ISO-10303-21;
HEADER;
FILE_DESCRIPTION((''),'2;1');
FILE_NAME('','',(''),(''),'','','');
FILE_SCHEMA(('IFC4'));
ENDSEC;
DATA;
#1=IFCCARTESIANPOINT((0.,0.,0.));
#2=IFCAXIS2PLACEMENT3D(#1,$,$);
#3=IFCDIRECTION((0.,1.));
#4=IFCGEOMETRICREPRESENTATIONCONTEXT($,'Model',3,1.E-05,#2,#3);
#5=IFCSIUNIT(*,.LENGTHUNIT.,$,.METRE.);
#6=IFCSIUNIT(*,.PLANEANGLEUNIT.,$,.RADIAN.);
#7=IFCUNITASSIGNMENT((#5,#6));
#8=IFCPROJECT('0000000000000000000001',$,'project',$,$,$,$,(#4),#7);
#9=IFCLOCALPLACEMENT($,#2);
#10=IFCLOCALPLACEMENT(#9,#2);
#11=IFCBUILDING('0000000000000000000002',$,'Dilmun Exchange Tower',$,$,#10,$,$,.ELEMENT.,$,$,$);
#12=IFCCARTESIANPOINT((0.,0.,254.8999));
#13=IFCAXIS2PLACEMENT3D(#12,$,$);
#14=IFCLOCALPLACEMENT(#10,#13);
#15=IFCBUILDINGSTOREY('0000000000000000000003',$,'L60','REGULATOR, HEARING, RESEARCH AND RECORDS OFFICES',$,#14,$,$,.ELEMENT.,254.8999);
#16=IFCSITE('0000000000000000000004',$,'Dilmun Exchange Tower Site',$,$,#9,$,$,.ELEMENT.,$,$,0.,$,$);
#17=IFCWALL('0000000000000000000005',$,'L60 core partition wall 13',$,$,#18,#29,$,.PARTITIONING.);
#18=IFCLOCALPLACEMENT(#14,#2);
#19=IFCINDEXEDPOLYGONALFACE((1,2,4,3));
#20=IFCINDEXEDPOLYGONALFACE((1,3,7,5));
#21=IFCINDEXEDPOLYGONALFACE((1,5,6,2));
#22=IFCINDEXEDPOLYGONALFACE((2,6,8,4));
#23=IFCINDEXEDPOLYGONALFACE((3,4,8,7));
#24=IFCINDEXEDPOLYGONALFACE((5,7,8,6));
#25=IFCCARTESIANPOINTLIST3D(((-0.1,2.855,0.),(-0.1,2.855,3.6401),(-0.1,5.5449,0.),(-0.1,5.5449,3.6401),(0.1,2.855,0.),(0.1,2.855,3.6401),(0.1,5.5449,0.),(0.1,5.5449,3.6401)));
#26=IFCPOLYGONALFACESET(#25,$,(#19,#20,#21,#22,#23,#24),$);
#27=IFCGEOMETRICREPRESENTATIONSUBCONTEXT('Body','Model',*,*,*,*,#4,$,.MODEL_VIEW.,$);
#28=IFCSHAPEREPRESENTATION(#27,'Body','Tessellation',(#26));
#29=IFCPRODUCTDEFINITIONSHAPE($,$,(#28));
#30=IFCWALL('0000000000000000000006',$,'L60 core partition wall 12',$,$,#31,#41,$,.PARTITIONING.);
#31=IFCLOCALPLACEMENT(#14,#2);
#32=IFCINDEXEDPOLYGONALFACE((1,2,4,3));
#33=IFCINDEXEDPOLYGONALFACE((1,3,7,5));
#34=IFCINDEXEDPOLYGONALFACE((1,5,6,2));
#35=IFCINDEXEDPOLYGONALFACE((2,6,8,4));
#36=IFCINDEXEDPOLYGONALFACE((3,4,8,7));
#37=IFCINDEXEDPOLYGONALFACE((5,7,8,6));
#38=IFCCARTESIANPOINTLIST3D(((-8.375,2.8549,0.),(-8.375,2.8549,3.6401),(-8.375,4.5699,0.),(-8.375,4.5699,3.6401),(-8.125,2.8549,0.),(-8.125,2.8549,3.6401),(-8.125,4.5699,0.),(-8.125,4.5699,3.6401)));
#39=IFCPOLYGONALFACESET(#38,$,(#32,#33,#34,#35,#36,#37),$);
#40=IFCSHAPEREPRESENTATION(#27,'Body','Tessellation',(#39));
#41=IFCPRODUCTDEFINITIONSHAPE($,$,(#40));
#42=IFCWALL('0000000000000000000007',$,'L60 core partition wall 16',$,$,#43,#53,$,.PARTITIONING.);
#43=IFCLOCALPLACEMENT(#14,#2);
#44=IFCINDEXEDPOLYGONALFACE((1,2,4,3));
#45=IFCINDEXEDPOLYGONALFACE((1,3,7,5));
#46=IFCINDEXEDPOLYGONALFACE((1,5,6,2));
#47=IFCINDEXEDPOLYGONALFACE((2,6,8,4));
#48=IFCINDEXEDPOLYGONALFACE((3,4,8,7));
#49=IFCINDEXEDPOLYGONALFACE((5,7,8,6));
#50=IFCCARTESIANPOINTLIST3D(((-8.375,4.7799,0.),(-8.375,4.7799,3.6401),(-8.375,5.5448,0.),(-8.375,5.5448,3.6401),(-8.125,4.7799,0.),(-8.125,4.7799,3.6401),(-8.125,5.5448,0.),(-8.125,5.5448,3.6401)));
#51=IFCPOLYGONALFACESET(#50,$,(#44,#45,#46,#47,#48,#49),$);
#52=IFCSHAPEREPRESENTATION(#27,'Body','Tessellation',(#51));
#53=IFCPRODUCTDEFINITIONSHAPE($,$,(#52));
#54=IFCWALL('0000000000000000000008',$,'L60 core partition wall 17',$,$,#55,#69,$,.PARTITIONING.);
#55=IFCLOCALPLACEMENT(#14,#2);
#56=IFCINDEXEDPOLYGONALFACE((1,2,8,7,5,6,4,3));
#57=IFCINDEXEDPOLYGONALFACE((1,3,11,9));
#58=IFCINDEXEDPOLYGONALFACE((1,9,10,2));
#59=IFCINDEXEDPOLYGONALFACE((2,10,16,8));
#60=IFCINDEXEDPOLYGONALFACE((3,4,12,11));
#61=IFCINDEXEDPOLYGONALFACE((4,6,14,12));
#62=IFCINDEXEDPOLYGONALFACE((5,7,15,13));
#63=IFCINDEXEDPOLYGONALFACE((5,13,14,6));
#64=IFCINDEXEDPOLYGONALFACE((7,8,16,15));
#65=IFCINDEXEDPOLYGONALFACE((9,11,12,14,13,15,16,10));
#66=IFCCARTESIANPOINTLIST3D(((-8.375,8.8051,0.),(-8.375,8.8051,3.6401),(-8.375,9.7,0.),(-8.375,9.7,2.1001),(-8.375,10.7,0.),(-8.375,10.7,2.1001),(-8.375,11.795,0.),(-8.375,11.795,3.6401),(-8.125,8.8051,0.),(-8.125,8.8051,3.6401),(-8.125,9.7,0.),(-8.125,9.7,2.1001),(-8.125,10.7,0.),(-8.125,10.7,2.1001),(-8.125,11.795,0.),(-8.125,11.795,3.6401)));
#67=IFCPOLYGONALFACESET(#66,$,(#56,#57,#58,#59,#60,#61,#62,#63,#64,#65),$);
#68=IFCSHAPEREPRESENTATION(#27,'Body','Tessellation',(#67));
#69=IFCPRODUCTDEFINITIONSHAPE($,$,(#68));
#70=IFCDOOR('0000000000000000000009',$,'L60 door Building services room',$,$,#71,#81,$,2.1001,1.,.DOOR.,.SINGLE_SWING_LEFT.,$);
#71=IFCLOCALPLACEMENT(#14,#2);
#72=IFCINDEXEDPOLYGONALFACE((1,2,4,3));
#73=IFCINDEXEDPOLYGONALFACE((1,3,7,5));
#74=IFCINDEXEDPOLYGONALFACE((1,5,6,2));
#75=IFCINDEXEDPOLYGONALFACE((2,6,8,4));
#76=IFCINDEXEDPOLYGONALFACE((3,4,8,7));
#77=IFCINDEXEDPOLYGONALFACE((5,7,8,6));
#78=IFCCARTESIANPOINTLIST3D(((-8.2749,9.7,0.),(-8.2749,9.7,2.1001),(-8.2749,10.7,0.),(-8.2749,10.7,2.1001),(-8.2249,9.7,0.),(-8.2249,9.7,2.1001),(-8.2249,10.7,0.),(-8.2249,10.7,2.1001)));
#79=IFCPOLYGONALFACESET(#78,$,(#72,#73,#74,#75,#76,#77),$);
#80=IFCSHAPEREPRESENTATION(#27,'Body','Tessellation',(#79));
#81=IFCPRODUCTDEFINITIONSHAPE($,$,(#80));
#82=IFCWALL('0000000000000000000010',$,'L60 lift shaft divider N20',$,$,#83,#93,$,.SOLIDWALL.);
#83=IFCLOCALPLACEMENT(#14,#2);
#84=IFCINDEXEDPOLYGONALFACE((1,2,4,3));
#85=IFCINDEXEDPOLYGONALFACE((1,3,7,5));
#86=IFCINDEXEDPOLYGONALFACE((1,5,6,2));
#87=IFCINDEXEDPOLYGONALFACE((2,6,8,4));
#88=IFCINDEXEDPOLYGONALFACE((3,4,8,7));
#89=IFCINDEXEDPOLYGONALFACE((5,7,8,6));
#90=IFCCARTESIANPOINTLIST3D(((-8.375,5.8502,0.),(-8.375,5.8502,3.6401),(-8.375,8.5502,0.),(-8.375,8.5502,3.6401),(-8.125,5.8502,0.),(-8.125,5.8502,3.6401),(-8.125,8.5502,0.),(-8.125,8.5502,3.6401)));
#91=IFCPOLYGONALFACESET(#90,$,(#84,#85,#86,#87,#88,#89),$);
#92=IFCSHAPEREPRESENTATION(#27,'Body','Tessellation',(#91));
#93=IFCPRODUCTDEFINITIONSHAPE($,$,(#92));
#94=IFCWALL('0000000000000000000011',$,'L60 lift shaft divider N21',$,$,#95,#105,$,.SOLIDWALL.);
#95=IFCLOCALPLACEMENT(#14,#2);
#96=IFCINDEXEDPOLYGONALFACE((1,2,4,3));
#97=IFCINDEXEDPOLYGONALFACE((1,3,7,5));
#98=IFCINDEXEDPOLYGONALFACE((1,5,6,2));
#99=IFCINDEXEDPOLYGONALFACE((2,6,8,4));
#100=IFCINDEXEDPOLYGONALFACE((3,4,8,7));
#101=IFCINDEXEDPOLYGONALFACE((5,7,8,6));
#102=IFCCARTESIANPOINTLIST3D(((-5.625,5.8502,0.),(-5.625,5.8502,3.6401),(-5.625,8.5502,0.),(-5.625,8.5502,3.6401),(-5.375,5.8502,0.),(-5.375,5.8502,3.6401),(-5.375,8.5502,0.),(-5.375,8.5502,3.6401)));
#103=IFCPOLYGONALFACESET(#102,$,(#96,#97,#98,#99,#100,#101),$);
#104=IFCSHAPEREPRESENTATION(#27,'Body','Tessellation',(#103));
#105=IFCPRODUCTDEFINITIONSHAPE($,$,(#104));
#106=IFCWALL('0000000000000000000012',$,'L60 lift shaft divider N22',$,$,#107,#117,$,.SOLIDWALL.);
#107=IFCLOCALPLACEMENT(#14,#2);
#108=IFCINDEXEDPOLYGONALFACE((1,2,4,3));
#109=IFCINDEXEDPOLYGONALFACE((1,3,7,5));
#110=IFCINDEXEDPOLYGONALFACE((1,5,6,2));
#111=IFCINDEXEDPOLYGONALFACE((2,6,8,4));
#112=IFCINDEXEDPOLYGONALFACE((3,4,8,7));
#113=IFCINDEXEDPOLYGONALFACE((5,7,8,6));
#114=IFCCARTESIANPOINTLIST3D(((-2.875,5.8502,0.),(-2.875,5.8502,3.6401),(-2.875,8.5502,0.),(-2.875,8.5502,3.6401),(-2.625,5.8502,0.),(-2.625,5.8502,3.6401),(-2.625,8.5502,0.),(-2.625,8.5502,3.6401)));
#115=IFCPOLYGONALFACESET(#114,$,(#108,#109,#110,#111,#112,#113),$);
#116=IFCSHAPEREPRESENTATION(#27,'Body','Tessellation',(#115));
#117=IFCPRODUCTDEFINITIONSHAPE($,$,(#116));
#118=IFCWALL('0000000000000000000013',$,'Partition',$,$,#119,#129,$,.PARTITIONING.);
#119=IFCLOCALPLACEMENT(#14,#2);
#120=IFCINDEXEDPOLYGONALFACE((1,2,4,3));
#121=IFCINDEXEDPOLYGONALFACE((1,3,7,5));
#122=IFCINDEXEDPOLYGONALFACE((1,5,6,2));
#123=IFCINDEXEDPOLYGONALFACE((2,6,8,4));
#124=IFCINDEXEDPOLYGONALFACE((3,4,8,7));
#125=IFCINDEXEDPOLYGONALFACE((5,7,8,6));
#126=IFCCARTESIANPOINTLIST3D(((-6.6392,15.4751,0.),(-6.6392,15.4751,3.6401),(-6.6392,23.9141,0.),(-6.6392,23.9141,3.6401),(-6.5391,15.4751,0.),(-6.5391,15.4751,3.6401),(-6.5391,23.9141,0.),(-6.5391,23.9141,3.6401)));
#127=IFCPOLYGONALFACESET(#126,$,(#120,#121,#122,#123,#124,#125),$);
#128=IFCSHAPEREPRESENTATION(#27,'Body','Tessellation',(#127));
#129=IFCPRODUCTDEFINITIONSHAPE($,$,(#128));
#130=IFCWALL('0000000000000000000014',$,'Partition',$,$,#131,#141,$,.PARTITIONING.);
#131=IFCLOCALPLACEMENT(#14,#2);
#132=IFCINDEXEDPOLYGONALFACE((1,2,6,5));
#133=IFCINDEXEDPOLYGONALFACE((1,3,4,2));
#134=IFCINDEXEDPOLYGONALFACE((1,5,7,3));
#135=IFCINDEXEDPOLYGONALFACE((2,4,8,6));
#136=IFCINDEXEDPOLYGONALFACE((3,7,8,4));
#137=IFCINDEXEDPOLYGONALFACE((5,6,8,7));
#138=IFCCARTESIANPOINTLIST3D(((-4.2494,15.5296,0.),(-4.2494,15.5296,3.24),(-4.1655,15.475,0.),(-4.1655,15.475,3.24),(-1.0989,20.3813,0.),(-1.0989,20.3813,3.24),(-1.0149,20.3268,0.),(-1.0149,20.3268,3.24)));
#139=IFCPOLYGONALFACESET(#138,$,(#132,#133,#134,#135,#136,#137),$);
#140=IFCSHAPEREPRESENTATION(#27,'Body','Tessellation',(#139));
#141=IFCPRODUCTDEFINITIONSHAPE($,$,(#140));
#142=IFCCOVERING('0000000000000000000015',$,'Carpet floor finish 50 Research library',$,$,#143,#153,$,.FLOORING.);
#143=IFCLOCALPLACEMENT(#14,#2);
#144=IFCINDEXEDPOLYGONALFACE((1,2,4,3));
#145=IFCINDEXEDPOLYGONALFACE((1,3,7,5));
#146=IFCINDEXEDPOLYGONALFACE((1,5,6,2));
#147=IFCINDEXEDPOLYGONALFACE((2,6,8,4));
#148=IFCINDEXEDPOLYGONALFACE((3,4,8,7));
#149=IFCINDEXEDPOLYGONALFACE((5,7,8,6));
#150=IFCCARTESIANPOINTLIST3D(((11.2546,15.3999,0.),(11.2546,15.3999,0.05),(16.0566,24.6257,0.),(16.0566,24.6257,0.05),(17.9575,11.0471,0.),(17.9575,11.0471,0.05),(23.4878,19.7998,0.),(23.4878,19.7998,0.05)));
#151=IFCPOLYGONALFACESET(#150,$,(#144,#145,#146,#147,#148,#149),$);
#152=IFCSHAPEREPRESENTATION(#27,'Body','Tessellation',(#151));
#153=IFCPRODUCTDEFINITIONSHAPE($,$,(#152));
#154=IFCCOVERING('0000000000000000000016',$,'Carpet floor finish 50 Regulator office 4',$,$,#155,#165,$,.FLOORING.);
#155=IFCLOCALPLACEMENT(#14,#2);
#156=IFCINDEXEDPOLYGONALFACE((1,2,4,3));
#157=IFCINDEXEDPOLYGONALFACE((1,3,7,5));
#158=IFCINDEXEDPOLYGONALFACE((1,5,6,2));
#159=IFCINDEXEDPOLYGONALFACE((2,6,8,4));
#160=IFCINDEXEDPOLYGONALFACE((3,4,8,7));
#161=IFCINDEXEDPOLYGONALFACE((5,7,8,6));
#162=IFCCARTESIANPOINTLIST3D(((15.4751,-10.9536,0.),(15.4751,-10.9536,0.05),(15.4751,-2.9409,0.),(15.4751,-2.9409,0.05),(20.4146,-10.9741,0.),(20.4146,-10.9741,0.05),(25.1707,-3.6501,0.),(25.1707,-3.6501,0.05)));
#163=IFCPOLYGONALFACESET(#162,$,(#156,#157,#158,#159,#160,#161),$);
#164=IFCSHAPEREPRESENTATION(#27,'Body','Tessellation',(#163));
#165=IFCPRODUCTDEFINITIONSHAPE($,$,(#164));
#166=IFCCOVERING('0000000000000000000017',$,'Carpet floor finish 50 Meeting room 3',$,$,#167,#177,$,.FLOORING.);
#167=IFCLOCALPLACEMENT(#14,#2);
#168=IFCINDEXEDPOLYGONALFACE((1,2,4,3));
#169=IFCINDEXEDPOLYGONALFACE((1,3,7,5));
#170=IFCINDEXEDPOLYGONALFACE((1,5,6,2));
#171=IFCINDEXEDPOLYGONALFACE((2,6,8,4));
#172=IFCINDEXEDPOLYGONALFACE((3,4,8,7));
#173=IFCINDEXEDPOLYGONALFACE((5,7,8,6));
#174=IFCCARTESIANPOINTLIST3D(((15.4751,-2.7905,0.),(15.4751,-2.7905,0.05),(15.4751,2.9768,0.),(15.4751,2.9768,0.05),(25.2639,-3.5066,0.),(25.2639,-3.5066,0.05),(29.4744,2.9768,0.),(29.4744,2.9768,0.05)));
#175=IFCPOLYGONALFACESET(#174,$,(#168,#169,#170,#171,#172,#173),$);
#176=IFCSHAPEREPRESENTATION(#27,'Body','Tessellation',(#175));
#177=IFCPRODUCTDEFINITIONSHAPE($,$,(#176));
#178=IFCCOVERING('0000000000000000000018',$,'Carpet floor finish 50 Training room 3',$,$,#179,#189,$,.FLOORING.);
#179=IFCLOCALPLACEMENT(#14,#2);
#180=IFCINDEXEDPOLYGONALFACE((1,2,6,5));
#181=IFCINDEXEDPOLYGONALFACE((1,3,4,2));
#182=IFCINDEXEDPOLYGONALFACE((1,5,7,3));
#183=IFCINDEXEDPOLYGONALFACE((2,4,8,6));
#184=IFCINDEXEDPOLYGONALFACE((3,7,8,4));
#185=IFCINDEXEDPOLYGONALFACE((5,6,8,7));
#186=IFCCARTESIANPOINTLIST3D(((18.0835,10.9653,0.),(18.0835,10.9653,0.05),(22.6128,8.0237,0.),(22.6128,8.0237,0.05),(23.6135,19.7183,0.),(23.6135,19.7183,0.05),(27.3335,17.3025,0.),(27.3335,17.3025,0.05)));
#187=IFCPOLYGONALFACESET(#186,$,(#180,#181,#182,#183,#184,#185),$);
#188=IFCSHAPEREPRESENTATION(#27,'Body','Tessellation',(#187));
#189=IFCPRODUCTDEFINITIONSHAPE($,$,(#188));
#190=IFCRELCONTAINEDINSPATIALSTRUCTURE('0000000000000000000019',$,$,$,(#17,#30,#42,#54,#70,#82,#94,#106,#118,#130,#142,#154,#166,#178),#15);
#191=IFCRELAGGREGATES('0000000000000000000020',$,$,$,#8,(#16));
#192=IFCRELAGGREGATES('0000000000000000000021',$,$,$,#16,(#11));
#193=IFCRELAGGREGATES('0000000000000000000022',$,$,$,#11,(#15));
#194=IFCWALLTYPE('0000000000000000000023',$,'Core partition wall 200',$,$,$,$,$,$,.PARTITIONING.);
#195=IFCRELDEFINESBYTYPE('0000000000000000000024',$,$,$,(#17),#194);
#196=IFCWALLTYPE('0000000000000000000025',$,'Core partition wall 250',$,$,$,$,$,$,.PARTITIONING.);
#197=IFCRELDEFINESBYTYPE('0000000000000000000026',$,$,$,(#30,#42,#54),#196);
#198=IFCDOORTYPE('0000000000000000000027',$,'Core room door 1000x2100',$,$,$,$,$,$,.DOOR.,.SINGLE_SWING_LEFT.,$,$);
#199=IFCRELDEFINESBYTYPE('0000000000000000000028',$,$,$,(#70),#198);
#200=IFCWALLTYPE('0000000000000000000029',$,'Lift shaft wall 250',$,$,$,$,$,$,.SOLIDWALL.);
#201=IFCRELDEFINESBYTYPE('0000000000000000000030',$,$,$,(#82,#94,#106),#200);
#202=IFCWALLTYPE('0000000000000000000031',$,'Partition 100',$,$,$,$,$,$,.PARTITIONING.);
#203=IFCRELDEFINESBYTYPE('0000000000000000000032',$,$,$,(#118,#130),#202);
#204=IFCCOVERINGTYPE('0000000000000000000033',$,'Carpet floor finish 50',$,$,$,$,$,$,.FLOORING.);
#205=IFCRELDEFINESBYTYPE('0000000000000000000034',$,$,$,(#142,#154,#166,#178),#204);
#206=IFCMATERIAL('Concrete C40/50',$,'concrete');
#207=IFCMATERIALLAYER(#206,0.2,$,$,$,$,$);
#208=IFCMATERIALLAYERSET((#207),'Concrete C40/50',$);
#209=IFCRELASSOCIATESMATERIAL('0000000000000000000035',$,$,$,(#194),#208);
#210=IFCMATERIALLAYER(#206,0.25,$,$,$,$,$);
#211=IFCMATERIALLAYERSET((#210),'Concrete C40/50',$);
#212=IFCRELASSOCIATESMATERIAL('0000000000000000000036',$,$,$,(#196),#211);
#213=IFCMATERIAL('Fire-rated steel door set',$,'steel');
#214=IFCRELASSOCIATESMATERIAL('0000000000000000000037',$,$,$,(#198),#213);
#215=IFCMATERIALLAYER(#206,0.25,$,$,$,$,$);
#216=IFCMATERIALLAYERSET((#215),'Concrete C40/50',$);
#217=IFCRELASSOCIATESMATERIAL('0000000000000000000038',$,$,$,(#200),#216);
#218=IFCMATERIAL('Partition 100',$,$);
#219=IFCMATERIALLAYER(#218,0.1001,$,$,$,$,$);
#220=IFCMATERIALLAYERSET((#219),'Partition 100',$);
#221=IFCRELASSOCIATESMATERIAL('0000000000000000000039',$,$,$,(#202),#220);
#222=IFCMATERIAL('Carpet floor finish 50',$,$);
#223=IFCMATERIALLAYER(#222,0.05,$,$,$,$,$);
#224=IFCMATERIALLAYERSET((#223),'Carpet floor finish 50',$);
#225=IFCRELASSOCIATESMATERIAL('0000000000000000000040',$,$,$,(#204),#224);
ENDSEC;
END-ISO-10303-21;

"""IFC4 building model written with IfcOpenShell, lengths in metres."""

from ifc_helpers import new_model, si_unit, direction, frame, frame_2d, origin, place, context, subcontext, project, spatial, polyline, rectangle, outline, extrude, material, layer, layer_set, type_object, element, fill, save


model = new_model("IFC4")

# Units and contexts
model_context = context("Model", 3, precision=1e-05, world=origin(), true_north=direction((0.0, 1.0)))
body_context = subcontext(model_context, "Body", "Model", "MODEL_VIEW")
ifc_project = project(units=[si_unit("LENGTHUNIT", "METRE"), si_unit("PLANEANGLEUNIT", "RADIAN")], contexts=[model_context])

# Site, building, storey
site_placement = place(None, origin())
site = spatial("IfcSite", under=ifc_project, at=site_placement, Name="Dilmun Exchange Tower Site", CompositionType="ELEMENT", RefElevation=0.0)
building_placement = place(site_placement, origin())
building = spatial("IfcBuilding", under=site, at=building_placement, Name="Dilmun Exchange Tower", CompositionType="ELEMENT")
storey_placement = place(building_placement, frame((0.0, 0.0, 254.8999)))
storey = spatial("IfcBuildingStorey", under=building, at=storey_placement, Name="L60", Description="REGULATOR, HEARING, RESEARCH AND RECORDS OFFICES", CompositionType="ELEMENT", Elevation=254.8999)

# Walls
ifc_material_1 = material(Name="Concrete C40/50", Category="concrete")
ifc_layer_1 = layer(ifc_material_1, 0.2)
ifc_layer_set_1 = layer_set([ifc_layer_1], Name="Concrete C40/50")
wall_type_1 = type_object("IfcWallType", Name="Core partition wall 200", PredefinedType="PARTITIONING", material=ifc_layer_set_1)
wall_1_placement = place(storey_placement, frame((0.0, 2.855, 0.0), z_axis=(0.0, 0.0, 1.0), x_axis=(0.0, 1.0, 0.0)))
element("IfcWall", 1, at=wall_1_placement, inside=storey, type_object=wall_type_1, Name="L60 core partition wall 13", PredefinedType="PARTITIONING", context=body_context, shape_type="SweptSolid", body=[
    extrude(rectangle(XDim=2.6899, YDim=0.2, at=frame_2d((1.345, 0.0))), origin(), (0.0, 0.0, 1.0), 3.6401),
])
ifc_layer_2 = layer(ifc_material_1, 0.25)
ifc_layer_set_2 = layer_set([ifc_layer_2], Name="Concrete C40/50")
wall_type_2 = type_object("IfcWallType", Name="Core partition wall 250", PredefinedType="PARTITIONING", material=ifc_layer_set_2)
wall_2_placement = place(storey_placement, frame((-8.25, 2.855, 0.0), z_axis=(0.0, 0.0, 1.0), x_axis=(0.0, 1.0, 0.0)))
element("IfcWall", 2, at=wall_2_placement, inside=storey, type_object=wall_type_2, Name="L60 core partition wall 12", PredefinedType="PARTITIONING", context=body_context, shape_type="SweptSolid", body=[
    extrude(rectangle(XDim=1.7151, YDim=0.25, at=frame_2d((0.8574, 0.0))), origin(), (0.0, 0.0, 1.0), 3.6401),
])
wall_3_placement = place(storey_placement, frame((-8.25, 4.78, 0.0), z_axis=(0.0, 0.0, 1.0), x_axis=(0.0, 1.0, 0.0)))
element("IfcWall", 3, at=wall_3_placement, inside=storey, type_object=wall_type_2, Name="L60 core partition wall 16", PredefinedType="PARTITIONING", context=body_context, shape_type="SweptSolid", body=[
    extrude(rectangle(XDim=0.7649, YDim=0.25, at=frame_2d((0.3823, 0.0))), origin(), (0.0, 0.0, 1.0), 3.6401),
])

# Wall, opening, door
wall_4_placement = place(storey_placement, frame((-8.25, 8.8049, 0.0), z_axis=(0.0, 0.0, 1.0), x_axis=(0.0, 1.0, 0.0)))
wall_4 = element("IfcWall", 4, at=wall_4_placement, inside=storey, type_object=wall_type_2, Name="L60 core partition wall 17", PredefinedType="PARTITIONING", context=body_context, shape_type="SweptSolid", body=[
    extrude(rectangle(XDim=2.99, YDim=0.25, at=frame_2d((1.4951, 0.0))), origin(), (0.0, 0.0, 1.0), 3.6401),
])
opening_placement = place(wall_4_placement, frame((0.895, 0.0, 0.0)))
opening = element("IfcOpeningElement", 5, at=opening_placement, cuts=wall_4, PredefinedType="OPENING", context=body_context, shape_type="SweptSolid", body=[
    extrude(rectangle(XDim=1.0, YDim=2.1001, at=frame_2d((0.5, 1.05))), frame((0.0, 0.135, 0.0), z_axis=(0.0, -1.0, 0.0), x_axis=(1.0, 0.0, 0.0)), (0.0, 0.0, 1.0), 0.27),
])
ifc_material_2 = material(Name="Fire-rated steel door set", Category="steel")
door_type = type_object("IfcDoorType", Name="Core room door 1000x2100", OperationType="SINGLE_SWING_LEFT", PredefinedType="DOOR", material=ifc_material_2)
door_placement = place(opening_placement, origin())
door = element("IfcDoor", 6, at=door_placement, inside=storey, type_object=door_type, Name="L60 door Building services room", OperationType="SINGLE_SWING_LEFT", OverallHeight=2.1001, OverallWidth=1.0, PredefinedType="DOOR", context=body_context, shape_type="SweptSolid", body=[
    extrude(rectangle(XDim=1.0, YDim=2.1001, at=frame_2d((0.5, 1.05))), frame((0.0, 0.0249, 0.0), z_axis=(0.0, -1.0, 0.0), x_axis=(1.0, 0.0, 0.0)), (0.0, 0.0, 1.0), 0.05),
])
fill(opening, door)

# Walls
ifc_layer_3 = layer(ifc_material_1, 0.25)
ifc_layer_set_3 = layer_set([ifc_layer_3], Name="Concrete C40/50")
wall_type_3 = type_object("IfcWallType", Name="Lift shaft wall 250", PredefinedType="SOLIDWALL", material=ifc_layer_set_3)
for number, where, z_axis, x_axis, name in (
    (7, (-8.25, 5.8501, 0.0), (0.0, 0.0, 1.0), (0.0, 1.0, 0.0), "L60 lift shaft divider N20"),
    (8, (-5.5, 5.8501, 0.0), (0.0, 0.0, 1.0), (0.0, 1.0, 0.0), "L60 lift shaft divider N21"),
    (9, (-2.75, 5.8501, 0.0), (0.0, 0.0, 1.0), (0.0, 1.0, 0.0), "L60 lift shaft divider N22"),
):
    element("IfcWall", number, at=place(storey_placement, frame(where, z_axis=z_axis, x_axis=x_axis)), inside=storey, type_object=wall_type_3, Name=name, PredefinedType="SOLIDWALL", context=body_context, shape_type="SweptSolid", body=[
        extrude(rectangle(XDim=2.7, YDim=0.25, at=frame_2d((1.3501, 0.0))), origin(), (0.0, 0.0, 1.0), 3.6401),
    ])
ifc_material_3 = material(Name="Partition 100")
ifc_layer_4 = layer(ifc_material_3, 0.1001)
ifc_layer_set_4 = layer_set([ifc_layer_4], Name="Partition 100")
wall_type_4 = type_object("IfcWallType", Name="Partition 100", PredefinedType="PARTITIONING", material=ifc_layer_set_4)
wall_5_placement = place(storey_placement, frame((-6.5891, 15.4751, 0.0), z_axis=(0.0, 0.0, 1.0), x_axis=(0.0, 1.0, 0.0)))
element("IfcWall", 10, at=wall_5_placement, inside=storey, type_object=wall_type_4, Name="Partition", PredefinedType="PARTITIONING", context=body_context, shape_type="SweptSolid", body=[
    extrude(rectangle(XDim=8.439, YDim=0.1001, at=frame_2d((4.2195, 0.0))), origin(), (0.0, 0.0, 1.0), 3.6401),
])
wall_6_placement = place(storey_placement, frame((-4.2075, 15.5022, 0.0), z_axis=(0.0, 0.0, 1.0), x_axis=(0.544619, 0.838684, 0.0)))
element("IfcWall", 11, at=wall_6_placement, inside=storey, type_object=wall_type_4, Name="Partition", PredefinedType="PARTITIONING", context=body_context, shape_type="SweptSolid", body=[
    extrude(rectangle(XDim=5.7849, YDim=0.1001, at=frame_2d((2.8926, 0.0))), origin(), (0.0, 0.0, 1.0), 3.24),
])

# Coverings
ifc_material_4 = material(Name="Carpet floor finish 50")
ifc_layer_5 = layer(ifc_material_4, 0.05)
ifc_layer_set_5 = layer_set([ifc_layer_5], Name="Carpet floor finish 50")
covering_type_1 = type_object("IfcCoveringType", Name="Carpet floor finish 50", PredefinedType="FLOORING", material=ifc_layer_set_5)
covering_1_placement = place(storey_placement, origin())
element("IfcCovering", 12, at=covering_1_placement, inside=storey, type_object=covering_type_1, Name="Carpet floor finish 50 Research library", PredefinedType="FLOORING", context=body_context, shape_type="SweptSolid", body=[
    extrude(outline(polyline([(11.2546, 15.3999), (16.0566, 24.6257), (23.4878, 19.7998), (17.9575, 11.0471), (11.2546, 15.3999)])), origin(), (0.0, 0.0, 1.0), 0.05),
])
covering_2_placement = place(storey_placement, origin())
element("IfcCovering", 13, at=covering_2_placement, inside=storey, type_object=covering_type_1, Name="Carpet floor finish 50 Regulator office 4", PredefinedType="FLOORING", context=body_context, shape_type="SweptSolid", body=[
    extrude(outline(polyline([(25.1707, -3.6501), (20.4146, -10.9741), (15.4751, -10.9536), (15.4751, -2.9409), (25.1707, -3.6501)])), origin(), (0.0, 0.0, 1.0), 0.05),
])
covering_3_placement = place(storey_placement, origin())
element("IfcCovering", 14, at=covering_3_placement, inside=storey, type_object=covering_type_1, Name="Carpet floor finish 50 Meeting room 3", PredefinedType="FLOORING", context=body_context, shape_type="SweptSolid", body=[
    extrude(outline(polyline([(29.4744, 2.9768), (25.2639, -3.5066), (15.4751, -2.7905), (15.4751, 2.9768), (29.4744, 2.9768)])), origin(), (0.0, 0.0, 1.0), 0.05),
])
covering_4_placement = place(storey_placement, origin())
element("IfcCovering", 15, at=covering_4_placement, inside=storey, type_object=covering_type_1, Name="Carpet floor finish 50 Training room 3", PredefinedType="FLOORING", context=body_context, shape_type="SweptSolid", body=[
    extrude(outline(polyline([(18.0835, 10.9653), (23.6135, 19.7183), (27.3335, 17.3025), (22.6128, 8.0237), (18.0835, 10.9653)])), origin(), (0.0, 0.0, 1.0), 0.05),
])

save(model, "model.ifc")
